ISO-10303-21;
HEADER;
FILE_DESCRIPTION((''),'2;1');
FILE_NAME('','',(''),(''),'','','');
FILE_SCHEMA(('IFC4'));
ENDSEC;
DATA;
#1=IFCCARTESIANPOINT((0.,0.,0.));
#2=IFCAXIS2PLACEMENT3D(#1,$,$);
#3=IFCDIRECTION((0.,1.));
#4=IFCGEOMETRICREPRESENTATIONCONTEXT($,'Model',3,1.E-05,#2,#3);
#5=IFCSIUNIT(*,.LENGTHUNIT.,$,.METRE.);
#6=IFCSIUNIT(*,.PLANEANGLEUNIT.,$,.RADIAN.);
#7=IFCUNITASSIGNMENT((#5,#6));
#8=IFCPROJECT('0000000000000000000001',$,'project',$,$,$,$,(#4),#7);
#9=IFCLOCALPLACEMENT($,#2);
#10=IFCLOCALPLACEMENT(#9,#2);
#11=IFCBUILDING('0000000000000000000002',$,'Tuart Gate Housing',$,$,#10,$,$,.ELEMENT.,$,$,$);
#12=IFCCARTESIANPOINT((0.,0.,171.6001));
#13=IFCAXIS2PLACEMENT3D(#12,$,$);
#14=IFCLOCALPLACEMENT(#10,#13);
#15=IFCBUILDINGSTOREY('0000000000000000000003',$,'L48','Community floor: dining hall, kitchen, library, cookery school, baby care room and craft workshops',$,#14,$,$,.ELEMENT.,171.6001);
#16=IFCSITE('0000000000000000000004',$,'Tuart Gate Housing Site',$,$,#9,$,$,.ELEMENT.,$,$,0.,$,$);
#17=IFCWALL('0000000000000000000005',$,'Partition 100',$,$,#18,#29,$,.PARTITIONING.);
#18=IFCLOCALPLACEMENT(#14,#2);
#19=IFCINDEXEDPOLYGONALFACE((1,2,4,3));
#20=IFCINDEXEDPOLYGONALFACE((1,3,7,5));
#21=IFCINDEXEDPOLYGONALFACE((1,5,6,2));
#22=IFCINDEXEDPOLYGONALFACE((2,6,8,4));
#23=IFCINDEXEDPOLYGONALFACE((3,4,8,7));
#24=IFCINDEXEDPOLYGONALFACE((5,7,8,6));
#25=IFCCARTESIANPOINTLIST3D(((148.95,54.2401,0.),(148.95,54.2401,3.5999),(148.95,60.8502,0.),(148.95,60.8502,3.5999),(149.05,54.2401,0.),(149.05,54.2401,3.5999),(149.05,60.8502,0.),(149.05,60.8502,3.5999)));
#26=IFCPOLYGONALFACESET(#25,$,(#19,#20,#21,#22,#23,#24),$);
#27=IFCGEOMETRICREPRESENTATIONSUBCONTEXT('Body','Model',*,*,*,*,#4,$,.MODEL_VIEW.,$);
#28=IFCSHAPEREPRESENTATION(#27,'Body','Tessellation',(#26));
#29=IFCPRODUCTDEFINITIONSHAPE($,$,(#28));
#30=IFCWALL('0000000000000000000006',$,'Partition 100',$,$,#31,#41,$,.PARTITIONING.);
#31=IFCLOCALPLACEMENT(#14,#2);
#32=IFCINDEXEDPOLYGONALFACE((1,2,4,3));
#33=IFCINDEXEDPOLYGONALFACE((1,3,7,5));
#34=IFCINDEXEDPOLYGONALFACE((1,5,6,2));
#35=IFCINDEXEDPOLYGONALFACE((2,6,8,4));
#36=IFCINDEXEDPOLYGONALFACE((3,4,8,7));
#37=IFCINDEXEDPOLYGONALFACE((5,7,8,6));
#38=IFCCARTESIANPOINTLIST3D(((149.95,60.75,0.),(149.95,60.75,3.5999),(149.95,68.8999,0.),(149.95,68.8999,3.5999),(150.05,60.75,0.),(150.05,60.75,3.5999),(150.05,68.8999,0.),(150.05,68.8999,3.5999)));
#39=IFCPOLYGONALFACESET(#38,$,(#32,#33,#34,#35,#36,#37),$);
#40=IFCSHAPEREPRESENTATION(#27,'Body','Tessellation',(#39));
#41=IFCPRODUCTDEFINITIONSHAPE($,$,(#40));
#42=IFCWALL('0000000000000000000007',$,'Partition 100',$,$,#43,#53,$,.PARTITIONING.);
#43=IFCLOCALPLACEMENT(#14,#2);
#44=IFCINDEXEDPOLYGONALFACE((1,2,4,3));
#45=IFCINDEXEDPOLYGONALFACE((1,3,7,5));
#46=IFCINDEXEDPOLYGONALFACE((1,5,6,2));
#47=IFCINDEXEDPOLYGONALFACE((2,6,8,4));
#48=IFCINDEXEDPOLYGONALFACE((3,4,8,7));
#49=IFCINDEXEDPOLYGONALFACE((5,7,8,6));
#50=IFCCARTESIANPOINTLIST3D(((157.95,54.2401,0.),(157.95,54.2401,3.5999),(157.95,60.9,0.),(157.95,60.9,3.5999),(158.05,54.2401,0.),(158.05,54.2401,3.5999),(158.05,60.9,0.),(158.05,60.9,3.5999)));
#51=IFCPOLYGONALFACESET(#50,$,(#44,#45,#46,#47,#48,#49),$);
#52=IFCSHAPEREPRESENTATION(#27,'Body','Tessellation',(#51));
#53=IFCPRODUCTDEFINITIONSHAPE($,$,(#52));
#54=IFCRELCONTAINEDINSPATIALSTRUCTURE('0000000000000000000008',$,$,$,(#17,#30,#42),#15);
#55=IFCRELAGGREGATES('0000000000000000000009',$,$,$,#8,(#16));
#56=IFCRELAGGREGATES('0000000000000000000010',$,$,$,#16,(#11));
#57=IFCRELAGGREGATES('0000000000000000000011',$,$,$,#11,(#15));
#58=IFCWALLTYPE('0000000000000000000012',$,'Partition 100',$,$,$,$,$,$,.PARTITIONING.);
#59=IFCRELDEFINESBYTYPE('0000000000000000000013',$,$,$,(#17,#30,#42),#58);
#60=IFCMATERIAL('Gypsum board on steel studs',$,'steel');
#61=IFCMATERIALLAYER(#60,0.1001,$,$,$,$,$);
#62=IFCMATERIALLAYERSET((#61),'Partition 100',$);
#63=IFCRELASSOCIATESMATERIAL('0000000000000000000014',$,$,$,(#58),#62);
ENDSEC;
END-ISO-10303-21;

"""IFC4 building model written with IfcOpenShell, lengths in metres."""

from ifc_helpers import new_model, si_unit, direction, frame, frame_2d, origin, place, context, subcontext, project, spatial, rectangle, extrude, material, layer, layer_set, type_object, element, save


model = new_model("IFC4")

# Units and contexts
model_context = context("Model", 3, precision=1e-05, world=origin(), true_north=direction((0.0, 1.0)))
body_context = subcontext(model_context, "Body", "Model", "MODEL_VIEW")
ifc_project = project(units=[si_unit("LENGTHUNIT", "METRE"), si_unit("PLANEANGLEUNIT", "RADIAN")], contexts=[model_context])

# Site, building, storey
site_placement = place(None, origin())
site = spatial("IfcSite", under=ifc_project, at=site_placement, Name="Tuart Gate Housing Site", CompositionType="ELEMENT", RefElevation=0.0)
building_placement = place(site_placement, origin())
building = spatial("IfcBuilding", under=site, at=building_placement, Name="Tuart Gate Housing", CompositionType="ELEMENT")
storey_placement = place(building_placement, frame((0.0, 0.0, 171.6001)))
storey = spatial("IfcBuildingStorey", under=building, at=storey_placement, Name="L48", Description="Community floor: dining hall, kitchen, library, cookery school, baby care room and craft workshops", CompositionType="ELEMENT", Elevation=171.6001)

# Walls
ifc_material_1 = material(Name="Gypsum board on steel studs", Category="steel")
ifc_layer_1 = layer(ifc_material_1, 0.1001)
ifc_layer_set_1 = layer_set([ifc_layer_1], Name="Partition 100")
wall_type_1 = type_object("IfcWallType", Name="Partition 100", PredefinedType="PARTITIONING", material=ifc_layer_set_1)
wall_1_placement = place(storey_placement, frame((149.0, 54.24, 0.0), z_axis=(0.0, 0.0, 1.0), x_axis=(0.0, 1.0, 0.0)))
element("IfcWall", 1, at=wall_1_placement, inside=storey, type_object=wall_type_1, Name="Partition 100", PredefinedType="PARTITIONING", context=body_context, shape_type="SweptSolid", body=[
    extrude(rectangle(XDim=6.6101, YDim=0.1001, at=frame_2d((3.3052, 0.0))), origin(), (0.0, 0.0, 1.0), 3.5999),
])
wall_2_placement = place(storey_placement, frame((150.0, 60.75, 0.0), z_axis=(0.0, 0.0, 1.0), x_axis=(0.0, 1.0, 0.0)))
element("IfcWall", 2, at=wall_2_placement, inside=storey, type_object=wall_type_1, Name="Partition 100", PredefinedType="PARTITIONING", context=body_context, shape_type="SweptSolid", body=[
    extrude(rectangle(XDim=8.1499, YDim=0.1001, at=frame_2d((4.075, 0.0))), origin(), (0.0, 0.0, 1.0), 3.5999),
])
wall_3_placement = place(storey_placement, frame((158.0, 54.24, 0.0), z_axis=(0.0, 0.0, 1.0), x_axis=(0.0, 1.0, 0.0)))
element("IfcWall", 3, at=wall_3_placement, inside=storey, type_object=wall_type_1, Name="Partition 100", PredefinedType="PARTITIONING", context=body_context, shape_type="SweptSolid", body=[
    extrude(rectangle(XDim=6.6599, YDim=0.1001, at=frame_2d((3.3301, 0.0))), origin(), (0.0, 0.0, 1.0), 3.5999),
])

save(model, "model.ifc")
